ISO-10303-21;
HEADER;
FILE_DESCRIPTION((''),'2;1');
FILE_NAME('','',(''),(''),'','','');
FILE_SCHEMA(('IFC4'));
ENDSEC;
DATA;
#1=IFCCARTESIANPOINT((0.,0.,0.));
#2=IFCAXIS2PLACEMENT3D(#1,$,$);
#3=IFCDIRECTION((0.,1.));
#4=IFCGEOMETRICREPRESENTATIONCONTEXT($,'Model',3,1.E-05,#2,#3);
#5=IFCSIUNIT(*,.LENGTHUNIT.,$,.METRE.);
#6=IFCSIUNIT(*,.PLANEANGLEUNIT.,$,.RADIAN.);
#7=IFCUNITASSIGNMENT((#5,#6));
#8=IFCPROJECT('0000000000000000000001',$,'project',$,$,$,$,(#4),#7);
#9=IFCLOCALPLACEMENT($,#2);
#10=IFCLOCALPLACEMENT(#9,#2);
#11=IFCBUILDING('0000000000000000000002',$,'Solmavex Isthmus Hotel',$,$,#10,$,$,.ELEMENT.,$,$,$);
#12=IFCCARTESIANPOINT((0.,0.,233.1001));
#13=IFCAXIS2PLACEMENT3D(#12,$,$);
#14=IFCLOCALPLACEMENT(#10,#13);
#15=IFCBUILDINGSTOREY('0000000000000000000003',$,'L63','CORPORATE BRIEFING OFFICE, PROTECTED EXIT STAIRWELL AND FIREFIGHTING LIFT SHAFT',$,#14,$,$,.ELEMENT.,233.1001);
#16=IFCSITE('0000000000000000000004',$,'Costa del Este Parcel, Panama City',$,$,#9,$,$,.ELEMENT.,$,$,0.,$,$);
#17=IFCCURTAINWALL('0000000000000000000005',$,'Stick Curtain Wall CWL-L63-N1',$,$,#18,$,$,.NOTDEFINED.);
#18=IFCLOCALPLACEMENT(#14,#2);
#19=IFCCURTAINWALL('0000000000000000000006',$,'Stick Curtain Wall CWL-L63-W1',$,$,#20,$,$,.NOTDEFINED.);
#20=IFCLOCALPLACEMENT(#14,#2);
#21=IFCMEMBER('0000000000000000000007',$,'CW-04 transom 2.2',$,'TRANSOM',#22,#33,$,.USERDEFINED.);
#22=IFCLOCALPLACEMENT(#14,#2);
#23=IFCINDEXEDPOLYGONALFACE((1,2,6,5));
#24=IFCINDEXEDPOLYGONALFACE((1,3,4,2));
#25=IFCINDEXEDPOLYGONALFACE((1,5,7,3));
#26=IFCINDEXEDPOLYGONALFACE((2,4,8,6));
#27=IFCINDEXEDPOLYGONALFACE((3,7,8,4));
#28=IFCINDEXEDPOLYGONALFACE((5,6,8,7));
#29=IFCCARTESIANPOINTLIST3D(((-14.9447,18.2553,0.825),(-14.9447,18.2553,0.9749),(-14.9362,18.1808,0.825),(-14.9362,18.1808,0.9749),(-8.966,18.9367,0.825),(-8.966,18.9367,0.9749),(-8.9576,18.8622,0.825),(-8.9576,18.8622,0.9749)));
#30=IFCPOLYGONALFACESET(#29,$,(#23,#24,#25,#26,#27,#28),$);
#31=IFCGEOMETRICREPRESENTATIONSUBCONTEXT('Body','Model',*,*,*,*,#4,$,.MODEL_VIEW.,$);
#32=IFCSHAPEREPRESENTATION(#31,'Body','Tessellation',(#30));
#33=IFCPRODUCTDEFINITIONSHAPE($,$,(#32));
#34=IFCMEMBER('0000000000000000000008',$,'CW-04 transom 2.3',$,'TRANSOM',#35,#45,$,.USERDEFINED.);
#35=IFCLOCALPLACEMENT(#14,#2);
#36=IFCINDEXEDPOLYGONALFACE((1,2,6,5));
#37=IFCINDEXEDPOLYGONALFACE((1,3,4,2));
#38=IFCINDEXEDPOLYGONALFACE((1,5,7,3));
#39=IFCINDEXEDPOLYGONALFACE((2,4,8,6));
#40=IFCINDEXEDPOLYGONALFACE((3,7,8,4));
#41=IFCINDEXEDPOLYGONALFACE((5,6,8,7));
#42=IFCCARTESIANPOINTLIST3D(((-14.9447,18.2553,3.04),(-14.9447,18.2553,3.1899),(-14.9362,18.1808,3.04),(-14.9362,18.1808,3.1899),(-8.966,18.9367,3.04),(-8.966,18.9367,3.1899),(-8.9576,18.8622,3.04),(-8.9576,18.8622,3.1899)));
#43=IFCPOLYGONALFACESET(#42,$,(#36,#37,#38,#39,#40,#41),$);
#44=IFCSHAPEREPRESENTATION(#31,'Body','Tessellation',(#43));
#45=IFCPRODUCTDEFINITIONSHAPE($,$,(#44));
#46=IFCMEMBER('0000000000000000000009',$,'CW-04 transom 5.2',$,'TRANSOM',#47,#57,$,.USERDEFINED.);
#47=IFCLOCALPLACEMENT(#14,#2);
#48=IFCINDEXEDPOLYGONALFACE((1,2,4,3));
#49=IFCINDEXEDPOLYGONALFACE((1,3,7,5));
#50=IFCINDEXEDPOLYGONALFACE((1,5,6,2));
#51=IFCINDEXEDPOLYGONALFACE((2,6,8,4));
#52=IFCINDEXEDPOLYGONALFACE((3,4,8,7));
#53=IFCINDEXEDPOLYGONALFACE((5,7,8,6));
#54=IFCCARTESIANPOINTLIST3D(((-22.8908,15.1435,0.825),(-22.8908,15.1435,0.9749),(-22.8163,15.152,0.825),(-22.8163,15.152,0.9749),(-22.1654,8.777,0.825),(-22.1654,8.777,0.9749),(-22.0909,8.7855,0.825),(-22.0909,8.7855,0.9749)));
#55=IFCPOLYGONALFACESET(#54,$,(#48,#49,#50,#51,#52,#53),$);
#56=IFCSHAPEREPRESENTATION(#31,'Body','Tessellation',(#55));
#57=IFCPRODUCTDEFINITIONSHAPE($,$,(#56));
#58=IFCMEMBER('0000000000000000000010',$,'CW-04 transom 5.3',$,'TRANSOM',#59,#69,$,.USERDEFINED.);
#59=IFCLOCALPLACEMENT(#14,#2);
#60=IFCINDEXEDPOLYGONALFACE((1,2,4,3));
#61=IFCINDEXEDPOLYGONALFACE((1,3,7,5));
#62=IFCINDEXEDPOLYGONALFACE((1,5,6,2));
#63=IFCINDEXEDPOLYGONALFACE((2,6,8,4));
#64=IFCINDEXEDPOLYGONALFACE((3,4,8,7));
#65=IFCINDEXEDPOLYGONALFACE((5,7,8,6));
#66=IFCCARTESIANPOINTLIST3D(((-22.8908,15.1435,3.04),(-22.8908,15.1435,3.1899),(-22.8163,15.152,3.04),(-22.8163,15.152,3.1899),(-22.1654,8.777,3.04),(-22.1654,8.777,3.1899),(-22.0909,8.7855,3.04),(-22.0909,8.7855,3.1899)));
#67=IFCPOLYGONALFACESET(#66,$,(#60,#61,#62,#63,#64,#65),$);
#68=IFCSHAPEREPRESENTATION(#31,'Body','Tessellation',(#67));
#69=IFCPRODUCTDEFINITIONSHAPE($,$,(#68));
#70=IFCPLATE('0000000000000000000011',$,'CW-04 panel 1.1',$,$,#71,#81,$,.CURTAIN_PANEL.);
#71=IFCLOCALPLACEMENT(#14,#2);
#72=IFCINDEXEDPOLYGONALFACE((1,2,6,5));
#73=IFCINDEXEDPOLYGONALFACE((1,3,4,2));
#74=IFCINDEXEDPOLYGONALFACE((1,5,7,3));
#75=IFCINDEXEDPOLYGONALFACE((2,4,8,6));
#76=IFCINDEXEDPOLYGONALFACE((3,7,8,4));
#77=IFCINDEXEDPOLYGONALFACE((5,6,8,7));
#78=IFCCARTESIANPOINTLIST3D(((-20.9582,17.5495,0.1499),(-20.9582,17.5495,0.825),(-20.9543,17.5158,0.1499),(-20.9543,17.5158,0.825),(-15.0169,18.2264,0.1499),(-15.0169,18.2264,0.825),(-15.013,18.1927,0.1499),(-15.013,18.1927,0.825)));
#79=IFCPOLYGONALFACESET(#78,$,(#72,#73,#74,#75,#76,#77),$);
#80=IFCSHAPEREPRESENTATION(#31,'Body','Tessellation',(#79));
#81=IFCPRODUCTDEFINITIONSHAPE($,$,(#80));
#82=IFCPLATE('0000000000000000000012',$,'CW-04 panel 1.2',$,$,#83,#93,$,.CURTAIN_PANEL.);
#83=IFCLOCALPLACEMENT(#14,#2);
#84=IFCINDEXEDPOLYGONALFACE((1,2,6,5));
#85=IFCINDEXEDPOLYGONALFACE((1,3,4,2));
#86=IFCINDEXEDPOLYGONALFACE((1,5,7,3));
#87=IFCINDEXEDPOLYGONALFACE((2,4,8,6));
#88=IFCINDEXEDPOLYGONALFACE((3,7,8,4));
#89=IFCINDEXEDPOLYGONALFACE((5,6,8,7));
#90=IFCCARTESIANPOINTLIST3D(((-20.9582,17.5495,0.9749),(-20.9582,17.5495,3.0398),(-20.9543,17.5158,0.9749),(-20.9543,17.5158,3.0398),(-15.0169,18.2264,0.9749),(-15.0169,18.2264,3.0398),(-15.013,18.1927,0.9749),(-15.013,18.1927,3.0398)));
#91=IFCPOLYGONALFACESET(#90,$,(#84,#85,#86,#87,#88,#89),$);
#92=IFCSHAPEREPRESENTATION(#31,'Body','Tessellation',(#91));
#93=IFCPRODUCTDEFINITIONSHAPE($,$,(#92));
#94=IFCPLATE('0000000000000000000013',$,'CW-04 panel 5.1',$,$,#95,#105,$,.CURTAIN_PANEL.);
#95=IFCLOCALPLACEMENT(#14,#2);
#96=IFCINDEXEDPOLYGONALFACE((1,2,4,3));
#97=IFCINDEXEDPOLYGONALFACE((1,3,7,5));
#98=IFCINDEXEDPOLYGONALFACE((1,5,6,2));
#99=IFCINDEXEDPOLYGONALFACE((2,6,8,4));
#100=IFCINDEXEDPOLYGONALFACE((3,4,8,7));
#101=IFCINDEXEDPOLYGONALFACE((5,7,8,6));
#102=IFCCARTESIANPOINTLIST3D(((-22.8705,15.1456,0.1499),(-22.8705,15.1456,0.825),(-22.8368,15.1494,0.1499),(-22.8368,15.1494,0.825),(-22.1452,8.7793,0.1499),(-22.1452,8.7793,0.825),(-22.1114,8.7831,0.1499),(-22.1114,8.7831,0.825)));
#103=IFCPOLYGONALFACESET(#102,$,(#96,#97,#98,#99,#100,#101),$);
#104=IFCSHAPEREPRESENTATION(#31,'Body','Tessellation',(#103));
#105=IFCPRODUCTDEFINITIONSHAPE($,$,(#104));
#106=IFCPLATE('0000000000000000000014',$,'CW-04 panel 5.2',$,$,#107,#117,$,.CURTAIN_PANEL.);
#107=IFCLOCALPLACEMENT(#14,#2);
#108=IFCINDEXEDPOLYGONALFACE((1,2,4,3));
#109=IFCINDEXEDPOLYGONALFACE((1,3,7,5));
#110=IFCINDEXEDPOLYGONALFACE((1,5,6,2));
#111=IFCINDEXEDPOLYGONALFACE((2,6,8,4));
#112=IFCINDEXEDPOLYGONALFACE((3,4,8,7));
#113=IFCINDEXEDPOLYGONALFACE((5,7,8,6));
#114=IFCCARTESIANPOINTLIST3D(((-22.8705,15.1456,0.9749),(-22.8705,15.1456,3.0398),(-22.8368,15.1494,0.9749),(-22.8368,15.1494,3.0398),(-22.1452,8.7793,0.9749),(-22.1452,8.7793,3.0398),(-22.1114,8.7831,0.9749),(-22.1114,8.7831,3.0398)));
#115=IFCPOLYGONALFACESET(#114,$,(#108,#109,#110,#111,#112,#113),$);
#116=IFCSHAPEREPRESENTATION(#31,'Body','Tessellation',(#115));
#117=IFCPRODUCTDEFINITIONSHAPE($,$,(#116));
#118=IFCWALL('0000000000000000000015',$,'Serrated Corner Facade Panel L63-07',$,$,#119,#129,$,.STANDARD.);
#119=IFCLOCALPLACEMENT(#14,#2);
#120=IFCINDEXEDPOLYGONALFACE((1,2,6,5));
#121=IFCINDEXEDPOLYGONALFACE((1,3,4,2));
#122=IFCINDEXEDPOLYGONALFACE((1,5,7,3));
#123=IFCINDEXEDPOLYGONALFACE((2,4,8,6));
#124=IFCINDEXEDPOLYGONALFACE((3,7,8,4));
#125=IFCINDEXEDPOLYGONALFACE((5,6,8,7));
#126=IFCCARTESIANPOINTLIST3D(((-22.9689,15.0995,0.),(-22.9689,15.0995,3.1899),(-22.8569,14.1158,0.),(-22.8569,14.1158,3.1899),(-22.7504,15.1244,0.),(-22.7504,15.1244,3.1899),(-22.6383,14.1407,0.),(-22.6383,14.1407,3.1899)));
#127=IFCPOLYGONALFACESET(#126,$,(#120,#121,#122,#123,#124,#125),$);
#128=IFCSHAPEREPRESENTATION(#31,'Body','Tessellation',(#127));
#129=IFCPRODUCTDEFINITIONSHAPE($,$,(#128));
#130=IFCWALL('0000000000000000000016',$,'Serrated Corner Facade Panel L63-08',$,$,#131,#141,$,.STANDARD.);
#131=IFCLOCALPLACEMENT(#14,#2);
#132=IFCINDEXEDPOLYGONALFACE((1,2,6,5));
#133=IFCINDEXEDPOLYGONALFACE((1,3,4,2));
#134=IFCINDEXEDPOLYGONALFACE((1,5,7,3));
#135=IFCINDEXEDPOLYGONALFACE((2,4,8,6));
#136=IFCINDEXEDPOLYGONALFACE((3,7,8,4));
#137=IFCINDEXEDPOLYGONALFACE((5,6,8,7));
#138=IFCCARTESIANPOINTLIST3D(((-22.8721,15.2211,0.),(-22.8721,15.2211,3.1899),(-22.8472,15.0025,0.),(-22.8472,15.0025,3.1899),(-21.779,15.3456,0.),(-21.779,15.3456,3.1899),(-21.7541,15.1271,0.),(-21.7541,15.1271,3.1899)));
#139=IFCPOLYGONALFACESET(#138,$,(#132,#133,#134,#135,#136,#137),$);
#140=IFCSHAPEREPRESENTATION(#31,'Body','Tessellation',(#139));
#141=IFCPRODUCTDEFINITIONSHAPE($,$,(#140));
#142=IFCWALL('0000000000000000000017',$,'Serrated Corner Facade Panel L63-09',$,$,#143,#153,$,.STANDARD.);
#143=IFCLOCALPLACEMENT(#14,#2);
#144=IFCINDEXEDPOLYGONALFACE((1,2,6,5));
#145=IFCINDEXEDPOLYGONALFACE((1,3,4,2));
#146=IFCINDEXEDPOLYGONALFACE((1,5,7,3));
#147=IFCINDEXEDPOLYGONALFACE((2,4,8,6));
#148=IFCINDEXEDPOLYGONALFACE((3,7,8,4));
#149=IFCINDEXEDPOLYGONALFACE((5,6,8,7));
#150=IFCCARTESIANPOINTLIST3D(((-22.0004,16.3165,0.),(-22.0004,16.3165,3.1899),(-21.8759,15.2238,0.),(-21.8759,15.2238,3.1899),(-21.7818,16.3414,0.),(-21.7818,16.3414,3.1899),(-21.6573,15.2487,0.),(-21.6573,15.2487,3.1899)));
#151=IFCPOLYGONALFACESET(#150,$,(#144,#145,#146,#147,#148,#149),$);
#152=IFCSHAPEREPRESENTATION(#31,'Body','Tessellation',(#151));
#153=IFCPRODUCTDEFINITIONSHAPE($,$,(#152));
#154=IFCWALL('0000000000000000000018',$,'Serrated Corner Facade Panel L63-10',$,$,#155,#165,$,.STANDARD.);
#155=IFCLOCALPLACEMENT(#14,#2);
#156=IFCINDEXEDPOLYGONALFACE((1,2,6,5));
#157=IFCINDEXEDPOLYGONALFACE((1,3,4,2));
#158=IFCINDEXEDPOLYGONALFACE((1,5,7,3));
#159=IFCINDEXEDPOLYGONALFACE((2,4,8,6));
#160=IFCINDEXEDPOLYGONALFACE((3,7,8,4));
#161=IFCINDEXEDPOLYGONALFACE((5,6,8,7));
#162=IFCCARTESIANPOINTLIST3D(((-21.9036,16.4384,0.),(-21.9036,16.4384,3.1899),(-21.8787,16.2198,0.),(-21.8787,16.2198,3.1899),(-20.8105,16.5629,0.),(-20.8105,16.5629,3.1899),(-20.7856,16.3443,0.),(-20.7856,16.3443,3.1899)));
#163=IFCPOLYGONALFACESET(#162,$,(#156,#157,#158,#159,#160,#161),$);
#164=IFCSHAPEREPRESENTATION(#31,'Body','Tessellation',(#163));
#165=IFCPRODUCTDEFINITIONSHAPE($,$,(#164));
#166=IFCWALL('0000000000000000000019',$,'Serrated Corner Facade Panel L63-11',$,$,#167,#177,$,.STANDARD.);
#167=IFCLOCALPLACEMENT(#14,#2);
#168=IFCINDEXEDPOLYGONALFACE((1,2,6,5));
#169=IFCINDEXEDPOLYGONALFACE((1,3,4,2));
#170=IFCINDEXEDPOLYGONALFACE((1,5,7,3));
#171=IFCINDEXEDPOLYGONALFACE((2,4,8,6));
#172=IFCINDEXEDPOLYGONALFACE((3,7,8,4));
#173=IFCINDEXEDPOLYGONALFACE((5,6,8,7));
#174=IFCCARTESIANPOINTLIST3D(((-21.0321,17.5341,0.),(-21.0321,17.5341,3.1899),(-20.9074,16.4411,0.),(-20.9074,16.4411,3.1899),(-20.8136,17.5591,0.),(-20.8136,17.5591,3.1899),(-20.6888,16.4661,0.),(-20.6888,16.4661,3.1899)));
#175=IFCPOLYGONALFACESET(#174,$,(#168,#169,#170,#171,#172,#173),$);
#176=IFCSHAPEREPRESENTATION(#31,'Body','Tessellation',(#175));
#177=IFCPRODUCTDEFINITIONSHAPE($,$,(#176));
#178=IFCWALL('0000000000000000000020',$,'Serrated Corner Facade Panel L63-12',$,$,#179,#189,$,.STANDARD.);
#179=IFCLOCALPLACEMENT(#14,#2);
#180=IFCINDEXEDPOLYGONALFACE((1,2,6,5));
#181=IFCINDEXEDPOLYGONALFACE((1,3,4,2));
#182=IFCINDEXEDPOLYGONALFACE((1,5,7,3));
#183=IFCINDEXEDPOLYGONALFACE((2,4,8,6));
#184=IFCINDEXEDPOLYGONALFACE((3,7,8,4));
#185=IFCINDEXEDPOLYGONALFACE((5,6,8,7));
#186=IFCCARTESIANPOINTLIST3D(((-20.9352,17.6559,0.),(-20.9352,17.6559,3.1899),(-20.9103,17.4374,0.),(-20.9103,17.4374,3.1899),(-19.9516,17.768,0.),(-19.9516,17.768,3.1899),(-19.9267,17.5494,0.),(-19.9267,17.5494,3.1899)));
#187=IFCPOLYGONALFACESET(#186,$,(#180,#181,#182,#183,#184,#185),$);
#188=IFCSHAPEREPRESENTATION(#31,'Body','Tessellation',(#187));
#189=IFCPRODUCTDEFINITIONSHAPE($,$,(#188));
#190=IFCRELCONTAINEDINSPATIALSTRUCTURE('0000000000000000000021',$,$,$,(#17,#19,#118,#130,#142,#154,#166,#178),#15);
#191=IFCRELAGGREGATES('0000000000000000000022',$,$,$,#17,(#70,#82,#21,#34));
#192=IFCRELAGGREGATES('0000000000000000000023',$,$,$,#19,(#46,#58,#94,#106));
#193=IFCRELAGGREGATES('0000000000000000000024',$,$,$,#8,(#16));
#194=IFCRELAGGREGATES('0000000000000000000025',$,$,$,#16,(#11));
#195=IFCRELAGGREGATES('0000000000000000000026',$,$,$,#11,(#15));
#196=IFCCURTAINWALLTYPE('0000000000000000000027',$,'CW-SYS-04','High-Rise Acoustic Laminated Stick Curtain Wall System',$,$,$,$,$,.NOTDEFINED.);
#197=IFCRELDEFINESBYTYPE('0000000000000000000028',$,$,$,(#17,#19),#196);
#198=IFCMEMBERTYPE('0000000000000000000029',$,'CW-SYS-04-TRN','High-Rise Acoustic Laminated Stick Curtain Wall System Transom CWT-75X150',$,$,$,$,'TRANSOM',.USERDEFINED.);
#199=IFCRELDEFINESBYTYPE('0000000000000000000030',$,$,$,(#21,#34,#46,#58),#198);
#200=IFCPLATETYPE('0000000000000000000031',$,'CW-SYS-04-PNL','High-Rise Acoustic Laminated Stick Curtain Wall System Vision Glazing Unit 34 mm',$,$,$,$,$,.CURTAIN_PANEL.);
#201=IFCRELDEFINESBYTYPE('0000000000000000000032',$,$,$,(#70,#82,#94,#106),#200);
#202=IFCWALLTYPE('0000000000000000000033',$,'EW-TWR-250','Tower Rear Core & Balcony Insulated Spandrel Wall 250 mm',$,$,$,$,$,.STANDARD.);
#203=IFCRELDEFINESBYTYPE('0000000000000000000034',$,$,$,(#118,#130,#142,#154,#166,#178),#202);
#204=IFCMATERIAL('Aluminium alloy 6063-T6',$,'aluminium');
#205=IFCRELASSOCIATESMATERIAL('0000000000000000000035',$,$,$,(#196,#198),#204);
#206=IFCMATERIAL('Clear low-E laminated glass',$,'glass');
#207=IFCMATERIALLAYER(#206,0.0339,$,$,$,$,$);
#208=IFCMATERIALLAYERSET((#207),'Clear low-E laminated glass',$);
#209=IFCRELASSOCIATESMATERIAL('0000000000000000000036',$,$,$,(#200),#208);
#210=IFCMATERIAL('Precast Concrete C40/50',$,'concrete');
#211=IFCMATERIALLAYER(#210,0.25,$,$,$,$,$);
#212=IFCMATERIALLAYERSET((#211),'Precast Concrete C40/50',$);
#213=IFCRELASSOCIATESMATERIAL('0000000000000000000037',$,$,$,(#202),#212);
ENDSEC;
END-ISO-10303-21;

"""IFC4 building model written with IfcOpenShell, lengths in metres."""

from ifc_helpers import new_model, si_unit, direction, frame, frame_2d, origin, origin_2d, place, context, subcontext, project, spatial, rectangle, extrude, material, layer, layer_set, material_profile, profile_set, type_object, element, aggregate, save


model = new_model("IFC4")

# Units and contexts
model_context = context("Model", 3, precision=1e-05, world=origin(), true_north=direction((0.0, 1.0)))
body_context = subcontext(model_context, "Body", "Model", "MODEL_VIEW")
ifc_project = project(units=[si_unit("LENGTHUNIT", "METRE"), si_unit("PLANEANGLEUNIT", "RADIAN")], contexts=[model_context])

# Site, building, storey
site_placement = place(None, origin())
site = spatial("IfcSite", under=ifc_project, at=site_placement, Name="Costa del Este Parcel, Panama City", CompositionType="ELEMENT", RefElevation=0.0)
building_placement = place(site_placement, origin())
building = spatial("IfcBuilding", under=site, at=building_placement, Name="Solmavex Isthmus Hotel", CompositionType="ELEMENT")
storey_placement = place(building_placement, frame((0.0, 0.0, 233.1001)))
storey = spatial("IfcBuildingStorey", under=building, at=storey_placement, Name="L63", Description="CORPORATE BRIEFING OFFICE, PROTECTED EXIT STAIRWELL AND FIREFIGHTING LIFT SHAFT", CompositionType="ELEMENT", Elevation=233.1001)

# Curtain wall
ifc_material_1 = material(Name="Aluminium alloy 6063-T6", Category="aluminium")
curtain_wall_type = type_object("IfcCurtainWallType", Name="CW-SYS-04", Description="High-Rise Acoustic Laminated Stick Curtain Wall System", PredefinedType="NOTDEFINED", material=ifc_material_1)
curtain_wall_1_placement = place(storey_placement, origin())
curtain_wall_1 = element("IfcCurtainWall", 1, at=curtain_wall_1_placement, inside=storey, type_object=curtain_wall_type, Name="Stick Curtain Wall CWL-L63-N1", PredefinedType="NOTDEFINED")

# Curtain wall
curtain_wall_2_placement = place(storey_placement, origin())
curtain_wall_2 = element("IfcCurtainWall", 2, at=curtain_wall_2_placement, inside=storey, type_object=curtain_wall_type, Name="Stick Curtain Wall CWL-L63-W1", PredefinedType="NOTDEFINED")

# Members
ifc_material_profile_1 = material_profile(ifc_material_1, rectangle(XDim=0.075, YDim=0.1499, at=origin_2d()), Name="CWT-75X150")
ifc_profile_set_1 = profile_set([ifc_material_profile_1], Name="Aluminium alloy 6063-T6")
member_type_1 = type_object("IfcMemberType", Name="CW-SYS-04-TRN", Description="High-Rise Acoustic Laminated Stick Curtain Wall System Transom CWT-75X150", ElementType="TRANSOM", PredefinedType="USERDEFINED", material=ifc_profile_set_1)
member_1_placement = place(storey_placement, frame((-14.9404, 18.218, 0.8999), z_axis=(0.993568, 0.113241, 0.0), x_axis=(-0.113241, 0.993568, 0.0)))
member_1 = element("IfcMember", 3, at=member_1_placement, type_object=member_type_1, Name="CW-04 transom 2.2", ObjectType="TRANSOM", PredefinedType="USERDEFINED", context=body_context, shape_type="SweptSolid", body=[
    extrude(rectangle(XDim=0.075, YDim=0.1499, at=origin_2d()), origin(), (0.0, 0.0, 1.0), 6.0173),
])
member_2_placement = place(storey_placement, frame((-14.9404, 18.218, 3.115), z_axis=(0.993568, 0.113241, 0.0), x_axis=(-0.113241, 0.993568, 0.0)))
member_2 = element("IfcMember", 4, at=member_2_placement, type_object=member_type_1, Name="CW-04 transom 2.3", ObjectType="TRANSOM", PredefinedType="USERDEFINED", context=body_context, shape_type="SweptSolid", body=[
    extrude(rectangle(XDim=0.075, YDim=0.1499, at=origin_2d()), origin(), (0.0, 0.0, 1.0), 6.0173),
])
member_3_placement = place(storey_placement, frame((-22.1282, 8.7812, 0.8999), z_axis=(-0.113199, 0.993572, 0.0), x_axis=(-0.993572, -0.113199, 0.0)))
member_3 = element("IfcMember", 5, at=member_3_placement, type_object=member_type_1, Name="CW-04 transom 5.2", ObjectType="TRANSOM", PredefinedType="USERDEFINED", context=body_context, shape_type="SweptSolid", body=[
    extrude(rectangle(XDim=0.075, YDim=0.1499, at=origin_2d()), origin(), (0.0, 0.0, 1.0), 6.4077),
])
member_4_placement = place(storey_placement, frame((-22.1282, 8.7812, 3.115), z_axis=(-0.113199, 0.993572, 0.0), x_axis=(-0.993572, -0.113199, 0.0)))
member_4 = element("IfcMember", 6, at=member_4_placement, type_object=member_type_1, Name="CW-04 transom 5.3", ObjectType="TRANSOM", PredefinedType="USERDEFINED", context=body_context, shape_type="SweptSolid", body=[
    extrude(rectangle(XDim=0.075, YDim=0.1499, at=origin_2d()), origin(), (0.0, 0.0, 1.0), 6.4077),
])

# Plates
ifc_material_2 = material(Name="Clear low-E laminated glass", Category="glass")
ifc_layer_1 = layer(ifc_material_2, 0.0339)
ifc_layer_set_1 = layer_set([ifc_layer_1], Name="Clear low-E laminated glass")
plate_type = type_object("IfcPlateType", Name="CW-SYS-04-PNL", Description="High-Rise Acoustic Laminated Stick Curtain Wall System Vision Glazing Unit 34 mm", PredefinedType="CURTAIN_PANEL", material=ifc_layer_set_1)
plate_1_placement = place(storey_placement, frame((-17.9856, 17.8711, 0.1499), z_axis=(0.0, 0.0, 1.0), x_axis=(0.993572, 0.113203, 0.0)))
plate_1 = element("IfcPlate", 7, at=plate_1_placement, type_object=plate_type, Name="CW-04 panel 1.1", PredefinedType="CURTAIN_PANEL", context=body_context, shape_type="SweptSolid", body=[
    extrude(rectangle(XDim=5.9797, YDim=0.0339, at=origin_2d()), origin(), (0.0, 0.0, 1.0), 0.675),
])
plate_2_placement = place(storey_placement, frame((-17.9856, 17.8711, 0.9749), z_axis=(0.0, 0.0, 1.0), x_axis=(0.993572, 0.113203, 0.0)))
plate_2 = element("IfcPlate", 8, at=plate_2_placement, type_object=plate_type, Name="CW-04 panel 1.2", PredefinedType="CURTAIN_PANEL", context=body_context, shape_type="SweptSolid", body=[
    extrude(rectangle(XDim=5.9797, YDim=0.0339, at=origin_2d()), origin(), (0.0, 0.0, 1.0), 2.0649),
])
aggregate(curtain_wall_1, [plate_1, plate_2, member_1, member_2])
plate_3_placement = place(storey_placement, frame((-22.491, 11.9644, 0.1499), z_axis=(0.0, 0.0, 1.0), x_axis=(-0.113203, 0.993572, 0.0)))
plate_3 = element("IfcPlate", 9, at=plate_3_placement, type_object=plate_type, Name="CW-04 panel 5.1", PredefinedType="CURTAIN_PANEL", context=body_context, shape_type="SweptSolid", body=[
    extrude(rectangle(XDim=6.4075, YDim=0.0339, at=origin_2d()), origin(), (0.0, 0.0, 1.0), 0.675),
])
plate_4_placement = place(storey_placement, frame((-22.491, 11.9644, 0.9749), z_axis=(0.0, 0.0, 1.0), x_axis=(-0.113203, 0.993572, 0.0)))
plate_4 = element("IfcPlate", 10, at=plate_4_placement, type_object=plate_type, Name="CW-04 panel 5.2", PredefinedType="CURTAIN_PANEL", context=body_context, shape_type="SweptSolid", body=[
    extrude(rectangle(XDim=6.4075, YDim=0.0339, at=origin_2d()), origin(), (0.0, 0.0, 1.0), 2.0649),
])
aggregate(curtain_wall_2, [member_3, member_4, plate_3, plate_4])

# Walls
ifc_material_3 = material(Name="Precast Concrete C40/50", Category="concrete")
ifc_layer_2 = layer(ifc_material_3, 0.25)
ifc_layer_set_2 = layer_set([ifc_layer_2], Name="Precast Concrete C40/50")
wall_type = type_object("IfcWallType", Name="EW-TWR-250", Description="Tower Rear Core & Balcony Insulated Spandrel Wall 250 mm", PredefinedType="STANDARD", material=ifc_layer_set_2)
wall_1_placement = place(storey_placement, frame((-22.7476, 14.1282, 0.0), z_axis=(0.0, 0.0, 1.0), x_axis=(-0.113192, 0.993573, 0.0)))
element("IfcWall", 11, at=wall_1_placement, inside=storey, type_object=wall_type, Name="Serrated Corner Facade Panel L63-07", PredefinedType="STANDARD", context=body_context, shape_type="SweptSolid", body=[
    extrude(rectangle(XDim=0.99, YDim=0.22, at=frame_2d((0.4951, 0.0))), origin(), (0.0, 0.0, 1.0), 3.1899),
])
wall_2_placement = place(storey_placement, frame((-22.8596, 15.1118, 0.0), z_axis=(0.0, 0.0, 1.0), x_axis=(0.993574, 0.113184, 0.0)))
element("IfcWall", 12, at=wall_2_placement, inside=storey, type_object=wall_type, Name="Serrated Corner Facade Panel L63-08", PredefinedType="STANDARD", context=body_context, shape_type="SweptSolid", body=[
    extrude(rectangle(XDim=1.1001, YDim=0.22, at=frame_2d((0.55, 0.0))), origin(), (0.0, 0.0, 1.0), 3.1899),
])
wall_3_placement = place(storey_placement, frame((-21.7666, 15.2363, 0.0), z_axis=(0.0, 0.0, 1.0), x_axis=(-0.113209, 0.993571, 0.0)))
element("IfcWall", 13, at=wall_3_placement, inside=storey, type_object=wall_type, Name="Serrated Corner Facade Panel L63-09", PredefinedType="STANDARD", context=body_context, shape_type="SweptSolid", body=[
    extrude(rectangle(XDim=1.0999, YDim=0.22, at=frame_2d((0.5498, 0.0))), origin(), (0.0, 0.0, 1.0), 3.1899),
])
for number, where, z_axis, x_axis, name in (
    (14, (-21.8911, 16.3291, 0.0), (0.0, 0.0, 1.0), (0.993574, 0.113184, 0.0), "Serrated Corner Facade Panel L63-10"),
    (15, (-20.7981, 16.4536, 0.0), (0.0, 0.0, 1.0), (-0.113403, 0.993549, 0.0), "Serrated Corner Facade Panel L63-11"),
):
    element("IfcWall", number, at=place(storey_placement, frame(where, z_axis=z_axis, x_axis=x_axis)), inside=storey, type_object=wall_type, Name=name, PredefinedType="STANDARD", context=body_context, shape_type="SweptSolid", body=[
        extrude(rectangle(XDim=1.1001, YDim=0.22, at=frame_2d((0.55, 0.0))), origin(), (0.0, 0.0, 1.0), 3.1899),
    ])
wall_4_placement = place(storey_placement, frame((-20.9229, 17.5466, 0.0), z_axis=(0.0, 0.0, 1.0), x_axis=(0.993573, 0.113192, 0.0)))
element("IfcWall", 16, at=wall_4_placement, inside=storey, type_object=wall_type, Name="Serrated Corner Facade Panel L63-12", PredefinedType="STANDARD", context=body_context, shape_type="SweptSolid", body=[
    extrude(rectangle(XDim=0.99, YDim=0.22, at=frame_2d((0.4951, 0.0))), origin(), (0.0, 0.0, 1.0), 3.1899),
])

save(model, "model.ifc")
